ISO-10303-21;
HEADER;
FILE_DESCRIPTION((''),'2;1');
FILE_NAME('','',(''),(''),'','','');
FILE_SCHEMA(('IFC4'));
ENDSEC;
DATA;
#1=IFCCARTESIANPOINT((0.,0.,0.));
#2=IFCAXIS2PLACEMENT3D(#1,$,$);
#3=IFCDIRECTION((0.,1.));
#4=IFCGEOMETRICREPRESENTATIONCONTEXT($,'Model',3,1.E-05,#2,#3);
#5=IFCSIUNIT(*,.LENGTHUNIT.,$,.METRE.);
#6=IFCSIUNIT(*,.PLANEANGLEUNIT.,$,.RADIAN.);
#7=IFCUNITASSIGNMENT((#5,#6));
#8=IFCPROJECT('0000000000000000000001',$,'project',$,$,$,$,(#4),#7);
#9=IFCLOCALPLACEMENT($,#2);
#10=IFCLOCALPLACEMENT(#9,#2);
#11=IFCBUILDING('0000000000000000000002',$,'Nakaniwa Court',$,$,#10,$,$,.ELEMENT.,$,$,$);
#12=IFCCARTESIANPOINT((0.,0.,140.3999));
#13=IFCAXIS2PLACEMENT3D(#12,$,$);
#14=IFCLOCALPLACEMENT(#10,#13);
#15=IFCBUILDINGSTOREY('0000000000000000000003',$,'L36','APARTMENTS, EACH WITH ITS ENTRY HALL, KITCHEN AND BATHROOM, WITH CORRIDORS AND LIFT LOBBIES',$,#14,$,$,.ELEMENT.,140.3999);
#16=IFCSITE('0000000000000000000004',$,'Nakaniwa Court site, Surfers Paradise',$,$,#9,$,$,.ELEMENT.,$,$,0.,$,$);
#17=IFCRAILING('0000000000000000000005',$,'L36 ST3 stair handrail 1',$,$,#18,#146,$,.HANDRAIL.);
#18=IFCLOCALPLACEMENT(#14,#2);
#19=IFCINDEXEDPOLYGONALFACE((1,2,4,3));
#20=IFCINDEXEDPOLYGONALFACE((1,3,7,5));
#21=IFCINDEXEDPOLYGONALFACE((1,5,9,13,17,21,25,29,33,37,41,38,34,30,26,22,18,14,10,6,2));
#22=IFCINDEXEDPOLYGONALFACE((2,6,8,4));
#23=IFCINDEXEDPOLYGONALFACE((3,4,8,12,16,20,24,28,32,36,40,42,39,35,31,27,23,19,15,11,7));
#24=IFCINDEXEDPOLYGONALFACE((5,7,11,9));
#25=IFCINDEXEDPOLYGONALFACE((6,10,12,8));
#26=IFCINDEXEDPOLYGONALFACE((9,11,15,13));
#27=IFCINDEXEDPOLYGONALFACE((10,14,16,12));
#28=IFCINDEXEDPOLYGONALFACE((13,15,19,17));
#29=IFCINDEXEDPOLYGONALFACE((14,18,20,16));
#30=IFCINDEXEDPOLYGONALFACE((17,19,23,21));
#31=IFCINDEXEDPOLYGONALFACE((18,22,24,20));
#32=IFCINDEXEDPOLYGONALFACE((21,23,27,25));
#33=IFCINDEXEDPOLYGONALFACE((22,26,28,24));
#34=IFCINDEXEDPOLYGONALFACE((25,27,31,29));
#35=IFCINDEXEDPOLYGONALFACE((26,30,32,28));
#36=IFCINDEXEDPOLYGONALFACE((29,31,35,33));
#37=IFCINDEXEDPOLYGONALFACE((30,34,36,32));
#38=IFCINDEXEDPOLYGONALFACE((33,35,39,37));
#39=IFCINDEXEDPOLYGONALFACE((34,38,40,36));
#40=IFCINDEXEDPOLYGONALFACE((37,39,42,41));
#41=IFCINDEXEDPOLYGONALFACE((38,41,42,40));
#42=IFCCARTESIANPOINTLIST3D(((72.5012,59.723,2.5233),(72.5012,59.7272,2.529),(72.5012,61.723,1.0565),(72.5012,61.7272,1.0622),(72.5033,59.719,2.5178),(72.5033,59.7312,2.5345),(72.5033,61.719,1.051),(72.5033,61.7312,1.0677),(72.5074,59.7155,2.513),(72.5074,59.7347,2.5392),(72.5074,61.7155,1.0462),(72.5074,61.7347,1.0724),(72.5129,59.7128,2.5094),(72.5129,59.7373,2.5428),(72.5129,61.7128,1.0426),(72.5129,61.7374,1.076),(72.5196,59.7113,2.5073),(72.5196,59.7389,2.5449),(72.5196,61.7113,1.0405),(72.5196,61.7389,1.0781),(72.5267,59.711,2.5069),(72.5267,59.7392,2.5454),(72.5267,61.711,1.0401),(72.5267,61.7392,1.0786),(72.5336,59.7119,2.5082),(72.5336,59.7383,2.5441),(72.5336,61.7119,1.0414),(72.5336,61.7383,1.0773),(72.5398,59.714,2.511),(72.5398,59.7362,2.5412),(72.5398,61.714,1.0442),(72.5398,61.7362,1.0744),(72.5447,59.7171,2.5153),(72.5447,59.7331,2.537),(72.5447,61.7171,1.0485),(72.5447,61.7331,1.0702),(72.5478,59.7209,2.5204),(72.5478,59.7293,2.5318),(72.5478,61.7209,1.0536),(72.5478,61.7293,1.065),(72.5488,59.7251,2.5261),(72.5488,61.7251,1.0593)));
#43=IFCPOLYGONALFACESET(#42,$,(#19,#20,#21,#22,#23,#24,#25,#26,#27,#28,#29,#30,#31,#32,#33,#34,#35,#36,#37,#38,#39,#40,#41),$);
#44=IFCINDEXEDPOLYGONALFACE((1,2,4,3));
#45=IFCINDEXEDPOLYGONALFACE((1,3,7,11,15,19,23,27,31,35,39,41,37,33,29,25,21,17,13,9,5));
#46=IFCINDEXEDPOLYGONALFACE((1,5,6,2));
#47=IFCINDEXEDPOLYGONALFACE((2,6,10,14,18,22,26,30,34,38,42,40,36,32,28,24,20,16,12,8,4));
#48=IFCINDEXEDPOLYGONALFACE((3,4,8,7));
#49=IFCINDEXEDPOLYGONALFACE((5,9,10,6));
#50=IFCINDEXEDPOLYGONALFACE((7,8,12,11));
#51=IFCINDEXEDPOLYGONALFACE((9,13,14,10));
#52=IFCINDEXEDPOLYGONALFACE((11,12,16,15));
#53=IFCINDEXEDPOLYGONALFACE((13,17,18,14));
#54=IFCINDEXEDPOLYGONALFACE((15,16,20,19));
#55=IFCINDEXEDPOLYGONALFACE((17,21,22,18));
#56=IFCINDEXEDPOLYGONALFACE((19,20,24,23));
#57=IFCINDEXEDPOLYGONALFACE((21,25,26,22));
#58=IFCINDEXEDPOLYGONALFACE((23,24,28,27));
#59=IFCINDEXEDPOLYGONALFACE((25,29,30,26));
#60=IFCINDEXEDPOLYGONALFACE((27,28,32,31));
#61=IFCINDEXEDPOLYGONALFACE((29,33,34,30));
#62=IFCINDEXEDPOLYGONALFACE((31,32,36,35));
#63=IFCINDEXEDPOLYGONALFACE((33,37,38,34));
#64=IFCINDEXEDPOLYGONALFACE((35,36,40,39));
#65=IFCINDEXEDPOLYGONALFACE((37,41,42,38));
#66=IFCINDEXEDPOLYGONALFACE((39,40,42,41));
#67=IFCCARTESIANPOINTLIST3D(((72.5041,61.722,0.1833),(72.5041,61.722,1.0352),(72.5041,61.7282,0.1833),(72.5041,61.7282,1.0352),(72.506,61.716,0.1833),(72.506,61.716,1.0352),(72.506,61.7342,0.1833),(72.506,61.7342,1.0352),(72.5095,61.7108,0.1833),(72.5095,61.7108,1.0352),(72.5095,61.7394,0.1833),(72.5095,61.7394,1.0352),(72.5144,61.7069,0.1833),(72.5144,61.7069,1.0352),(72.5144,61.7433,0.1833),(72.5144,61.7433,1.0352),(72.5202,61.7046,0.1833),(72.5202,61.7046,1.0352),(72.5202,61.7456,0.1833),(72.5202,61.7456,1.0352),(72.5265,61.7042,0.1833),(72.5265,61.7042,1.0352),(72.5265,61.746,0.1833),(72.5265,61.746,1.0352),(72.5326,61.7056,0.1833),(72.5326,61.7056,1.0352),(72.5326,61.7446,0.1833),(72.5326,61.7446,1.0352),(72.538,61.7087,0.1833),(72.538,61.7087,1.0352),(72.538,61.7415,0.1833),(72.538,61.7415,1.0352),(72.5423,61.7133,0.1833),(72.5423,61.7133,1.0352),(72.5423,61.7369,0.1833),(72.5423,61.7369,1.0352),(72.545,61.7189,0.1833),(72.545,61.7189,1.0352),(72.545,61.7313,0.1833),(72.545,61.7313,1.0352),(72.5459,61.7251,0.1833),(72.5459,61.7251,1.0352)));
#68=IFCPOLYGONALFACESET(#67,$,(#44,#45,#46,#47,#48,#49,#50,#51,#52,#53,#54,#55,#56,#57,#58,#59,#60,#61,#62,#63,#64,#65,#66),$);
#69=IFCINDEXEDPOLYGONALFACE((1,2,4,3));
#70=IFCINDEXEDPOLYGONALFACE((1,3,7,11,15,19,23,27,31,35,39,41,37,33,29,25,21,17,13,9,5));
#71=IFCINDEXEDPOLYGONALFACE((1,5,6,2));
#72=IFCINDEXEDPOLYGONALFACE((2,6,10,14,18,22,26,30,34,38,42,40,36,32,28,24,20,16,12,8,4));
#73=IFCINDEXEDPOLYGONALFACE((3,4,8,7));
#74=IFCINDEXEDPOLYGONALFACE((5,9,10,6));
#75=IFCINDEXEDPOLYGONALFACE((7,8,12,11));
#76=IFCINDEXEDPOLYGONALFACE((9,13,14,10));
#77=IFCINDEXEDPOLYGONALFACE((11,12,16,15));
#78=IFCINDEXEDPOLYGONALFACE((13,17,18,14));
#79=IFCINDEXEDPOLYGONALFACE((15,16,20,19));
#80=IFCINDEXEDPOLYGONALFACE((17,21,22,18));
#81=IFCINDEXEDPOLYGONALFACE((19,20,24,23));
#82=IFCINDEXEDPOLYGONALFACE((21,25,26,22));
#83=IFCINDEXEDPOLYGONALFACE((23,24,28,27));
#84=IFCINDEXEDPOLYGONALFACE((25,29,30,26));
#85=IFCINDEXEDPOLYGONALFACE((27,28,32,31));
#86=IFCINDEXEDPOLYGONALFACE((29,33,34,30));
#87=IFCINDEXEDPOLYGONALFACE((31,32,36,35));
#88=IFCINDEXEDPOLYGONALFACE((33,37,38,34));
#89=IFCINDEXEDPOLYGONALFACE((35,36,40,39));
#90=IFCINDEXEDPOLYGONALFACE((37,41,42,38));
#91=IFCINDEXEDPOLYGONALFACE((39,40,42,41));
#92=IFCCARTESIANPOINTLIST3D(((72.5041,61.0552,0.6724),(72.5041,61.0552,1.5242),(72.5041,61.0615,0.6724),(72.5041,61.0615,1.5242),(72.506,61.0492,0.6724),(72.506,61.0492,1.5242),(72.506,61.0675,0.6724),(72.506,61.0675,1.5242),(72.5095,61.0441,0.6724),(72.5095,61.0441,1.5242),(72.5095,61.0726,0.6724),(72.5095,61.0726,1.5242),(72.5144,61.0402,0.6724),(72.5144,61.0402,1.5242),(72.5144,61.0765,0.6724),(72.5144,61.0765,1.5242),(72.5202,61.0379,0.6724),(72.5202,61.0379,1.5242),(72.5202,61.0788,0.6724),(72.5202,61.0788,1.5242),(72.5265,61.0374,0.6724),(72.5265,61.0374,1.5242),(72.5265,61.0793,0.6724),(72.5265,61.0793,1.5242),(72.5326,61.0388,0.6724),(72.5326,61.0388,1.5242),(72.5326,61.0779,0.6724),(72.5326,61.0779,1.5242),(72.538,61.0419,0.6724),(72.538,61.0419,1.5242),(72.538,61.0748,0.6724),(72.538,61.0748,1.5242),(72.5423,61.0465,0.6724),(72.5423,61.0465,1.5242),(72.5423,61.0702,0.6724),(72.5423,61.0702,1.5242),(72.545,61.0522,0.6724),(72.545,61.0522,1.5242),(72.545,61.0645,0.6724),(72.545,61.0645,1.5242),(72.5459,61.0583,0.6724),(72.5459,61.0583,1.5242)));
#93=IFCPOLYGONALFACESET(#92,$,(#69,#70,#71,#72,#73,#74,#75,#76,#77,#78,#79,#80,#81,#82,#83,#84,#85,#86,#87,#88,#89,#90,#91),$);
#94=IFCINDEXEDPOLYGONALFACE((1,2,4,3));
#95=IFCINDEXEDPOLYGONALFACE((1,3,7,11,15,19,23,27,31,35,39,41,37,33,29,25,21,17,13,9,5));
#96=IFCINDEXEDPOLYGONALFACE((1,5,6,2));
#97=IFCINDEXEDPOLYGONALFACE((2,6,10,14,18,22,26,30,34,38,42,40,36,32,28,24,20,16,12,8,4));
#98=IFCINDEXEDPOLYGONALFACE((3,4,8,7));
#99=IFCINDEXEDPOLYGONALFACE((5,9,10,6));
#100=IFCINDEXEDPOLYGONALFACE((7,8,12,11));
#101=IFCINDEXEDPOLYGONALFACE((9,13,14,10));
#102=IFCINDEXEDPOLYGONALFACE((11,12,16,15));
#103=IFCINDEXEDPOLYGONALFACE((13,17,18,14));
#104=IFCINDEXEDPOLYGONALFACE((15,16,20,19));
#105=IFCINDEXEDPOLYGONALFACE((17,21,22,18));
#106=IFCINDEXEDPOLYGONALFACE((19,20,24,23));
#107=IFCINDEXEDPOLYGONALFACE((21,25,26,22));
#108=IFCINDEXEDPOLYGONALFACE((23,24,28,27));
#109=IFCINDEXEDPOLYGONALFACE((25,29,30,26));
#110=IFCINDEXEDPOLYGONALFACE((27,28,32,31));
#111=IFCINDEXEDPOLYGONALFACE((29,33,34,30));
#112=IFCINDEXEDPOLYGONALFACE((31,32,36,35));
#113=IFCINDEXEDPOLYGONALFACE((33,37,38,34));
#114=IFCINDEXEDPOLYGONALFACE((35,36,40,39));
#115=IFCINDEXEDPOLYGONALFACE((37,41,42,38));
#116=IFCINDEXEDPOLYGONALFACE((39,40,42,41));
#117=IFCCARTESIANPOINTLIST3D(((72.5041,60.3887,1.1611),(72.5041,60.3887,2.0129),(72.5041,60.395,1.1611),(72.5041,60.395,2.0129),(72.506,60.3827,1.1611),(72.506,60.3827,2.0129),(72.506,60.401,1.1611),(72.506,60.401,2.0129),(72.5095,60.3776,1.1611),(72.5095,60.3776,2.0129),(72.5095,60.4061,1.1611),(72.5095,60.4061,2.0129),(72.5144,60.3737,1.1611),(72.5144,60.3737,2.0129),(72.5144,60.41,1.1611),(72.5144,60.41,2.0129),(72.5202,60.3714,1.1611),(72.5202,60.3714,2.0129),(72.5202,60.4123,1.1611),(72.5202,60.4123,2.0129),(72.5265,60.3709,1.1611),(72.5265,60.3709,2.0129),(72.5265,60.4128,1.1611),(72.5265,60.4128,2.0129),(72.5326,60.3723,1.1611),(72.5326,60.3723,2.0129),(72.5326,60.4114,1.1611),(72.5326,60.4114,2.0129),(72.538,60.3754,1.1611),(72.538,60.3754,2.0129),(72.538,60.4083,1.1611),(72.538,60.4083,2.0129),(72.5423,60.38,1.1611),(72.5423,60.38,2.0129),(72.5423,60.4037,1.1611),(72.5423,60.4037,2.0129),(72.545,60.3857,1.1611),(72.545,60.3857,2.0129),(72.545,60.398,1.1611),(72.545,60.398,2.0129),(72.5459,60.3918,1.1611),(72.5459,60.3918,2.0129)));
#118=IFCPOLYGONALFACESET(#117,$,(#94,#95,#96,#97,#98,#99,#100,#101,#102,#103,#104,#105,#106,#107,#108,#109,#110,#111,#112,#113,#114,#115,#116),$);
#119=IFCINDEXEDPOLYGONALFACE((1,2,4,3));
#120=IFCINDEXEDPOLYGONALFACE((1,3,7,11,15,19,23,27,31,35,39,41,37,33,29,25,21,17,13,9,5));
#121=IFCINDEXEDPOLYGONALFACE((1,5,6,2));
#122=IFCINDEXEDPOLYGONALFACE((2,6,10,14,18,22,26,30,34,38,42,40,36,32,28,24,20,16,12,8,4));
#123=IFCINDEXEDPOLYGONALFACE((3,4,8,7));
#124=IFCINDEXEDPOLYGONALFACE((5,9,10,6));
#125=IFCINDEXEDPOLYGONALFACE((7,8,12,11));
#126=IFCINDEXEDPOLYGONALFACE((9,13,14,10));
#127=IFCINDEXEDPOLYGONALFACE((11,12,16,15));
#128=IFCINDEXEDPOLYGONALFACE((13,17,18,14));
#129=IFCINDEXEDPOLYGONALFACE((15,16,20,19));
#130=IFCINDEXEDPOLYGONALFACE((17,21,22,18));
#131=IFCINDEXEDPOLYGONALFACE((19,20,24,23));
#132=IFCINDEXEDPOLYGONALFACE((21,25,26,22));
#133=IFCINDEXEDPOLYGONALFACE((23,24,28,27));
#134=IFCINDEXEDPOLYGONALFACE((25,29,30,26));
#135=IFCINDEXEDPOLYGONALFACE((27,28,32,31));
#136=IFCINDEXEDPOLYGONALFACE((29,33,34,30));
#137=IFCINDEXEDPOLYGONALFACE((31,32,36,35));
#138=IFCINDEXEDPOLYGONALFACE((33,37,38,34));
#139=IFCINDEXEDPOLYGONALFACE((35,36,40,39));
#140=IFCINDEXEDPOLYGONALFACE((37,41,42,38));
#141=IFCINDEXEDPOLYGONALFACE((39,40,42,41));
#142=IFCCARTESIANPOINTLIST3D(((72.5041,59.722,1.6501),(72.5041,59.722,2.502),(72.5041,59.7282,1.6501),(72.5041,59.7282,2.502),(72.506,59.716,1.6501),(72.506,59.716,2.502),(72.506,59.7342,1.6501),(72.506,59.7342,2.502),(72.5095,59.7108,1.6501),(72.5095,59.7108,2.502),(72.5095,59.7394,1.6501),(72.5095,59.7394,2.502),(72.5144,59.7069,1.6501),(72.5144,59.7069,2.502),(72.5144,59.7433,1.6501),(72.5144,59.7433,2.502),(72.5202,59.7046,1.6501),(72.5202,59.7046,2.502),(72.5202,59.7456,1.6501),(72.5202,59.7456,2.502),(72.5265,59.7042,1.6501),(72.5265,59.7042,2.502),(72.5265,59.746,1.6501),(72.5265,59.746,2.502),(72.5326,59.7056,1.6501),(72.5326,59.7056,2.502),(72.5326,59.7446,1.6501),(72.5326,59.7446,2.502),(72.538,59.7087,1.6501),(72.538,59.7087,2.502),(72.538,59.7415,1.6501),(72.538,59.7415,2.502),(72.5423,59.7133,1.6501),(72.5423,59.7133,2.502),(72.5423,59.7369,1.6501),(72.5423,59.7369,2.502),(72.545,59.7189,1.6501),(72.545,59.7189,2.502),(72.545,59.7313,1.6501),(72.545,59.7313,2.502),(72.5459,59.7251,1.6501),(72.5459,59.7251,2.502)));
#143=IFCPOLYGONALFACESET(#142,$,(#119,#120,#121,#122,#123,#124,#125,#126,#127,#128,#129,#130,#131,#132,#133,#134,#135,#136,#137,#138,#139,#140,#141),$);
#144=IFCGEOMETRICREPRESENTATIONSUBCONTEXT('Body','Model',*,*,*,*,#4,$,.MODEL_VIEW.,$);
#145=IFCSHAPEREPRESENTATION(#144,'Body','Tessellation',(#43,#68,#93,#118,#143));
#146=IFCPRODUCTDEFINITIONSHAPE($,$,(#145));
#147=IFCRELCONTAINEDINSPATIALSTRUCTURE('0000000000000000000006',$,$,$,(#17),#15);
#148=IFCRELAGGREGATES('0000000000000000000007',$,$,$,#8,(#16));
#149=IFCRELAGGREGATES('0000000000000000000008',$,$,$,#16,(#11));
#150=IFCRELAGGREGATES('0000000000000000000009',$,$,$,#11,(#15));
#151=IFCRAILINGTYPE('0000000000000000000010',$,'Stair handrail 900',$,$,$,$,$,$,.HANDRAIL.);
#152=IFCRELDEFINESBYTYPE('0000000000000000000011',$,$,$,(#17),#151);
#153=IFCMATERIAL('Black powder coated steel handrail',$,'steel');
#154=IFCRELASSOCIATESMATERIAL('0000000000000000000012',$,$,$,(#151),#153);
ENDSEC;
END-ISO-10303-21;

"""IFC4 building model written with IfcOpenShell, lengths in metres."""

from ifc_helpers import new_model, si_unit, direction, frame, origin, origin_2d, place, context, subcontext, project, spatial, circle, extrude, material, type_object, element, save


model = new_model("IFC4")

# Units and contexts
model_context = context("Model", 3, precision=1e-05, world=origin(), true_north=direction((0.0, 1.0)))
body_context = subcontext(model_context, "Body", "Model", "MODEL_VIEW")
ifc_project = project(units=[si_unit("LENGTHUNIT", "METRE"), si_unit("PLANEANGLEUNIT", "RADIAN")], contexts=[model_context])

# Site, building, storey
site_placement = place(None, origin())
site = spatial("IfcSite", under=ifc_project, at=site_placement, Name="Nakaniwa Court site, Surfers Paradise", CompositionType="ELEMENT", RefElevation=0.0)
building_placement = place(site_placement, origin())
building = spatial("IfcBuilding", under=site, at=building_placement, Name="Nakaniwa Court", CompositionType="ELEMENT")
storey_placement = place(building_placement, frame((0.0, 0.0, 140.3999)))
storey = spatial("IfcBuildingStorey", under=building, at=storey_placement, Name="L36", Description="APARTMENTS, EACH WITH ITS ENTRY HALL, KITCHEN AND BATHROOM, WITH CORRIDORS AND LIFT LOBBIES", CompositionType="ELEMENT", Elevation=140.3999)

# Railing
ifc_material_1 = material(Name="Black powder coated steel handrail", Category="steel")
railing_type_1 = type_object("IfcRailingType", Name="Stair handrail 900", PredefinedType="HANDRAIL", material=ifc_material_1)
railing_1_placement = place(storey_placement, frame((72.5249, 61.7251, 0.1833)))
element("IfcRailing", 1, at=railing_1_placement, inside=storey, type_object=railing_type_1, Name="L36 ST3 stair handrail 1", PredefinedType="HANDRAIL", context=body_context, shape_type="SweptSolid", body=[
    extrude(circle(Radius=0.0239, at=origin_2d()), frame((0.0, 0.0, 0.876), z_axis=(0.0, -0.80638, 0.591398), x_axis=(1.0, 0.0, 0.0)), (0.0, 0.0, 1.0), 2.4802),
    extrude(circle(Radius=0.021, at=origin_2d()), origin(), (0.0, 0.0, 1.0), 0.8518),
    extrude(circle(Radius=0.021, at=origin_2d()), frame((0.0, -0.6667, 0.489)), (0.0, 0.0, 1.0), 0.8518),
    extrude(circle(Radius=0.021, at=origin_2d()), frame((0.0, -1.3333, 0.9778)), (0.0, 0.0, 1.0), 0.8518),
    extrude(circle(Radius=0.021, at=origin_2d()), frame((0.0, -2.0, 1.4668)), (0.0, 0.0, 1.0), 0.8518),
])

save(model, "model.ifc")
